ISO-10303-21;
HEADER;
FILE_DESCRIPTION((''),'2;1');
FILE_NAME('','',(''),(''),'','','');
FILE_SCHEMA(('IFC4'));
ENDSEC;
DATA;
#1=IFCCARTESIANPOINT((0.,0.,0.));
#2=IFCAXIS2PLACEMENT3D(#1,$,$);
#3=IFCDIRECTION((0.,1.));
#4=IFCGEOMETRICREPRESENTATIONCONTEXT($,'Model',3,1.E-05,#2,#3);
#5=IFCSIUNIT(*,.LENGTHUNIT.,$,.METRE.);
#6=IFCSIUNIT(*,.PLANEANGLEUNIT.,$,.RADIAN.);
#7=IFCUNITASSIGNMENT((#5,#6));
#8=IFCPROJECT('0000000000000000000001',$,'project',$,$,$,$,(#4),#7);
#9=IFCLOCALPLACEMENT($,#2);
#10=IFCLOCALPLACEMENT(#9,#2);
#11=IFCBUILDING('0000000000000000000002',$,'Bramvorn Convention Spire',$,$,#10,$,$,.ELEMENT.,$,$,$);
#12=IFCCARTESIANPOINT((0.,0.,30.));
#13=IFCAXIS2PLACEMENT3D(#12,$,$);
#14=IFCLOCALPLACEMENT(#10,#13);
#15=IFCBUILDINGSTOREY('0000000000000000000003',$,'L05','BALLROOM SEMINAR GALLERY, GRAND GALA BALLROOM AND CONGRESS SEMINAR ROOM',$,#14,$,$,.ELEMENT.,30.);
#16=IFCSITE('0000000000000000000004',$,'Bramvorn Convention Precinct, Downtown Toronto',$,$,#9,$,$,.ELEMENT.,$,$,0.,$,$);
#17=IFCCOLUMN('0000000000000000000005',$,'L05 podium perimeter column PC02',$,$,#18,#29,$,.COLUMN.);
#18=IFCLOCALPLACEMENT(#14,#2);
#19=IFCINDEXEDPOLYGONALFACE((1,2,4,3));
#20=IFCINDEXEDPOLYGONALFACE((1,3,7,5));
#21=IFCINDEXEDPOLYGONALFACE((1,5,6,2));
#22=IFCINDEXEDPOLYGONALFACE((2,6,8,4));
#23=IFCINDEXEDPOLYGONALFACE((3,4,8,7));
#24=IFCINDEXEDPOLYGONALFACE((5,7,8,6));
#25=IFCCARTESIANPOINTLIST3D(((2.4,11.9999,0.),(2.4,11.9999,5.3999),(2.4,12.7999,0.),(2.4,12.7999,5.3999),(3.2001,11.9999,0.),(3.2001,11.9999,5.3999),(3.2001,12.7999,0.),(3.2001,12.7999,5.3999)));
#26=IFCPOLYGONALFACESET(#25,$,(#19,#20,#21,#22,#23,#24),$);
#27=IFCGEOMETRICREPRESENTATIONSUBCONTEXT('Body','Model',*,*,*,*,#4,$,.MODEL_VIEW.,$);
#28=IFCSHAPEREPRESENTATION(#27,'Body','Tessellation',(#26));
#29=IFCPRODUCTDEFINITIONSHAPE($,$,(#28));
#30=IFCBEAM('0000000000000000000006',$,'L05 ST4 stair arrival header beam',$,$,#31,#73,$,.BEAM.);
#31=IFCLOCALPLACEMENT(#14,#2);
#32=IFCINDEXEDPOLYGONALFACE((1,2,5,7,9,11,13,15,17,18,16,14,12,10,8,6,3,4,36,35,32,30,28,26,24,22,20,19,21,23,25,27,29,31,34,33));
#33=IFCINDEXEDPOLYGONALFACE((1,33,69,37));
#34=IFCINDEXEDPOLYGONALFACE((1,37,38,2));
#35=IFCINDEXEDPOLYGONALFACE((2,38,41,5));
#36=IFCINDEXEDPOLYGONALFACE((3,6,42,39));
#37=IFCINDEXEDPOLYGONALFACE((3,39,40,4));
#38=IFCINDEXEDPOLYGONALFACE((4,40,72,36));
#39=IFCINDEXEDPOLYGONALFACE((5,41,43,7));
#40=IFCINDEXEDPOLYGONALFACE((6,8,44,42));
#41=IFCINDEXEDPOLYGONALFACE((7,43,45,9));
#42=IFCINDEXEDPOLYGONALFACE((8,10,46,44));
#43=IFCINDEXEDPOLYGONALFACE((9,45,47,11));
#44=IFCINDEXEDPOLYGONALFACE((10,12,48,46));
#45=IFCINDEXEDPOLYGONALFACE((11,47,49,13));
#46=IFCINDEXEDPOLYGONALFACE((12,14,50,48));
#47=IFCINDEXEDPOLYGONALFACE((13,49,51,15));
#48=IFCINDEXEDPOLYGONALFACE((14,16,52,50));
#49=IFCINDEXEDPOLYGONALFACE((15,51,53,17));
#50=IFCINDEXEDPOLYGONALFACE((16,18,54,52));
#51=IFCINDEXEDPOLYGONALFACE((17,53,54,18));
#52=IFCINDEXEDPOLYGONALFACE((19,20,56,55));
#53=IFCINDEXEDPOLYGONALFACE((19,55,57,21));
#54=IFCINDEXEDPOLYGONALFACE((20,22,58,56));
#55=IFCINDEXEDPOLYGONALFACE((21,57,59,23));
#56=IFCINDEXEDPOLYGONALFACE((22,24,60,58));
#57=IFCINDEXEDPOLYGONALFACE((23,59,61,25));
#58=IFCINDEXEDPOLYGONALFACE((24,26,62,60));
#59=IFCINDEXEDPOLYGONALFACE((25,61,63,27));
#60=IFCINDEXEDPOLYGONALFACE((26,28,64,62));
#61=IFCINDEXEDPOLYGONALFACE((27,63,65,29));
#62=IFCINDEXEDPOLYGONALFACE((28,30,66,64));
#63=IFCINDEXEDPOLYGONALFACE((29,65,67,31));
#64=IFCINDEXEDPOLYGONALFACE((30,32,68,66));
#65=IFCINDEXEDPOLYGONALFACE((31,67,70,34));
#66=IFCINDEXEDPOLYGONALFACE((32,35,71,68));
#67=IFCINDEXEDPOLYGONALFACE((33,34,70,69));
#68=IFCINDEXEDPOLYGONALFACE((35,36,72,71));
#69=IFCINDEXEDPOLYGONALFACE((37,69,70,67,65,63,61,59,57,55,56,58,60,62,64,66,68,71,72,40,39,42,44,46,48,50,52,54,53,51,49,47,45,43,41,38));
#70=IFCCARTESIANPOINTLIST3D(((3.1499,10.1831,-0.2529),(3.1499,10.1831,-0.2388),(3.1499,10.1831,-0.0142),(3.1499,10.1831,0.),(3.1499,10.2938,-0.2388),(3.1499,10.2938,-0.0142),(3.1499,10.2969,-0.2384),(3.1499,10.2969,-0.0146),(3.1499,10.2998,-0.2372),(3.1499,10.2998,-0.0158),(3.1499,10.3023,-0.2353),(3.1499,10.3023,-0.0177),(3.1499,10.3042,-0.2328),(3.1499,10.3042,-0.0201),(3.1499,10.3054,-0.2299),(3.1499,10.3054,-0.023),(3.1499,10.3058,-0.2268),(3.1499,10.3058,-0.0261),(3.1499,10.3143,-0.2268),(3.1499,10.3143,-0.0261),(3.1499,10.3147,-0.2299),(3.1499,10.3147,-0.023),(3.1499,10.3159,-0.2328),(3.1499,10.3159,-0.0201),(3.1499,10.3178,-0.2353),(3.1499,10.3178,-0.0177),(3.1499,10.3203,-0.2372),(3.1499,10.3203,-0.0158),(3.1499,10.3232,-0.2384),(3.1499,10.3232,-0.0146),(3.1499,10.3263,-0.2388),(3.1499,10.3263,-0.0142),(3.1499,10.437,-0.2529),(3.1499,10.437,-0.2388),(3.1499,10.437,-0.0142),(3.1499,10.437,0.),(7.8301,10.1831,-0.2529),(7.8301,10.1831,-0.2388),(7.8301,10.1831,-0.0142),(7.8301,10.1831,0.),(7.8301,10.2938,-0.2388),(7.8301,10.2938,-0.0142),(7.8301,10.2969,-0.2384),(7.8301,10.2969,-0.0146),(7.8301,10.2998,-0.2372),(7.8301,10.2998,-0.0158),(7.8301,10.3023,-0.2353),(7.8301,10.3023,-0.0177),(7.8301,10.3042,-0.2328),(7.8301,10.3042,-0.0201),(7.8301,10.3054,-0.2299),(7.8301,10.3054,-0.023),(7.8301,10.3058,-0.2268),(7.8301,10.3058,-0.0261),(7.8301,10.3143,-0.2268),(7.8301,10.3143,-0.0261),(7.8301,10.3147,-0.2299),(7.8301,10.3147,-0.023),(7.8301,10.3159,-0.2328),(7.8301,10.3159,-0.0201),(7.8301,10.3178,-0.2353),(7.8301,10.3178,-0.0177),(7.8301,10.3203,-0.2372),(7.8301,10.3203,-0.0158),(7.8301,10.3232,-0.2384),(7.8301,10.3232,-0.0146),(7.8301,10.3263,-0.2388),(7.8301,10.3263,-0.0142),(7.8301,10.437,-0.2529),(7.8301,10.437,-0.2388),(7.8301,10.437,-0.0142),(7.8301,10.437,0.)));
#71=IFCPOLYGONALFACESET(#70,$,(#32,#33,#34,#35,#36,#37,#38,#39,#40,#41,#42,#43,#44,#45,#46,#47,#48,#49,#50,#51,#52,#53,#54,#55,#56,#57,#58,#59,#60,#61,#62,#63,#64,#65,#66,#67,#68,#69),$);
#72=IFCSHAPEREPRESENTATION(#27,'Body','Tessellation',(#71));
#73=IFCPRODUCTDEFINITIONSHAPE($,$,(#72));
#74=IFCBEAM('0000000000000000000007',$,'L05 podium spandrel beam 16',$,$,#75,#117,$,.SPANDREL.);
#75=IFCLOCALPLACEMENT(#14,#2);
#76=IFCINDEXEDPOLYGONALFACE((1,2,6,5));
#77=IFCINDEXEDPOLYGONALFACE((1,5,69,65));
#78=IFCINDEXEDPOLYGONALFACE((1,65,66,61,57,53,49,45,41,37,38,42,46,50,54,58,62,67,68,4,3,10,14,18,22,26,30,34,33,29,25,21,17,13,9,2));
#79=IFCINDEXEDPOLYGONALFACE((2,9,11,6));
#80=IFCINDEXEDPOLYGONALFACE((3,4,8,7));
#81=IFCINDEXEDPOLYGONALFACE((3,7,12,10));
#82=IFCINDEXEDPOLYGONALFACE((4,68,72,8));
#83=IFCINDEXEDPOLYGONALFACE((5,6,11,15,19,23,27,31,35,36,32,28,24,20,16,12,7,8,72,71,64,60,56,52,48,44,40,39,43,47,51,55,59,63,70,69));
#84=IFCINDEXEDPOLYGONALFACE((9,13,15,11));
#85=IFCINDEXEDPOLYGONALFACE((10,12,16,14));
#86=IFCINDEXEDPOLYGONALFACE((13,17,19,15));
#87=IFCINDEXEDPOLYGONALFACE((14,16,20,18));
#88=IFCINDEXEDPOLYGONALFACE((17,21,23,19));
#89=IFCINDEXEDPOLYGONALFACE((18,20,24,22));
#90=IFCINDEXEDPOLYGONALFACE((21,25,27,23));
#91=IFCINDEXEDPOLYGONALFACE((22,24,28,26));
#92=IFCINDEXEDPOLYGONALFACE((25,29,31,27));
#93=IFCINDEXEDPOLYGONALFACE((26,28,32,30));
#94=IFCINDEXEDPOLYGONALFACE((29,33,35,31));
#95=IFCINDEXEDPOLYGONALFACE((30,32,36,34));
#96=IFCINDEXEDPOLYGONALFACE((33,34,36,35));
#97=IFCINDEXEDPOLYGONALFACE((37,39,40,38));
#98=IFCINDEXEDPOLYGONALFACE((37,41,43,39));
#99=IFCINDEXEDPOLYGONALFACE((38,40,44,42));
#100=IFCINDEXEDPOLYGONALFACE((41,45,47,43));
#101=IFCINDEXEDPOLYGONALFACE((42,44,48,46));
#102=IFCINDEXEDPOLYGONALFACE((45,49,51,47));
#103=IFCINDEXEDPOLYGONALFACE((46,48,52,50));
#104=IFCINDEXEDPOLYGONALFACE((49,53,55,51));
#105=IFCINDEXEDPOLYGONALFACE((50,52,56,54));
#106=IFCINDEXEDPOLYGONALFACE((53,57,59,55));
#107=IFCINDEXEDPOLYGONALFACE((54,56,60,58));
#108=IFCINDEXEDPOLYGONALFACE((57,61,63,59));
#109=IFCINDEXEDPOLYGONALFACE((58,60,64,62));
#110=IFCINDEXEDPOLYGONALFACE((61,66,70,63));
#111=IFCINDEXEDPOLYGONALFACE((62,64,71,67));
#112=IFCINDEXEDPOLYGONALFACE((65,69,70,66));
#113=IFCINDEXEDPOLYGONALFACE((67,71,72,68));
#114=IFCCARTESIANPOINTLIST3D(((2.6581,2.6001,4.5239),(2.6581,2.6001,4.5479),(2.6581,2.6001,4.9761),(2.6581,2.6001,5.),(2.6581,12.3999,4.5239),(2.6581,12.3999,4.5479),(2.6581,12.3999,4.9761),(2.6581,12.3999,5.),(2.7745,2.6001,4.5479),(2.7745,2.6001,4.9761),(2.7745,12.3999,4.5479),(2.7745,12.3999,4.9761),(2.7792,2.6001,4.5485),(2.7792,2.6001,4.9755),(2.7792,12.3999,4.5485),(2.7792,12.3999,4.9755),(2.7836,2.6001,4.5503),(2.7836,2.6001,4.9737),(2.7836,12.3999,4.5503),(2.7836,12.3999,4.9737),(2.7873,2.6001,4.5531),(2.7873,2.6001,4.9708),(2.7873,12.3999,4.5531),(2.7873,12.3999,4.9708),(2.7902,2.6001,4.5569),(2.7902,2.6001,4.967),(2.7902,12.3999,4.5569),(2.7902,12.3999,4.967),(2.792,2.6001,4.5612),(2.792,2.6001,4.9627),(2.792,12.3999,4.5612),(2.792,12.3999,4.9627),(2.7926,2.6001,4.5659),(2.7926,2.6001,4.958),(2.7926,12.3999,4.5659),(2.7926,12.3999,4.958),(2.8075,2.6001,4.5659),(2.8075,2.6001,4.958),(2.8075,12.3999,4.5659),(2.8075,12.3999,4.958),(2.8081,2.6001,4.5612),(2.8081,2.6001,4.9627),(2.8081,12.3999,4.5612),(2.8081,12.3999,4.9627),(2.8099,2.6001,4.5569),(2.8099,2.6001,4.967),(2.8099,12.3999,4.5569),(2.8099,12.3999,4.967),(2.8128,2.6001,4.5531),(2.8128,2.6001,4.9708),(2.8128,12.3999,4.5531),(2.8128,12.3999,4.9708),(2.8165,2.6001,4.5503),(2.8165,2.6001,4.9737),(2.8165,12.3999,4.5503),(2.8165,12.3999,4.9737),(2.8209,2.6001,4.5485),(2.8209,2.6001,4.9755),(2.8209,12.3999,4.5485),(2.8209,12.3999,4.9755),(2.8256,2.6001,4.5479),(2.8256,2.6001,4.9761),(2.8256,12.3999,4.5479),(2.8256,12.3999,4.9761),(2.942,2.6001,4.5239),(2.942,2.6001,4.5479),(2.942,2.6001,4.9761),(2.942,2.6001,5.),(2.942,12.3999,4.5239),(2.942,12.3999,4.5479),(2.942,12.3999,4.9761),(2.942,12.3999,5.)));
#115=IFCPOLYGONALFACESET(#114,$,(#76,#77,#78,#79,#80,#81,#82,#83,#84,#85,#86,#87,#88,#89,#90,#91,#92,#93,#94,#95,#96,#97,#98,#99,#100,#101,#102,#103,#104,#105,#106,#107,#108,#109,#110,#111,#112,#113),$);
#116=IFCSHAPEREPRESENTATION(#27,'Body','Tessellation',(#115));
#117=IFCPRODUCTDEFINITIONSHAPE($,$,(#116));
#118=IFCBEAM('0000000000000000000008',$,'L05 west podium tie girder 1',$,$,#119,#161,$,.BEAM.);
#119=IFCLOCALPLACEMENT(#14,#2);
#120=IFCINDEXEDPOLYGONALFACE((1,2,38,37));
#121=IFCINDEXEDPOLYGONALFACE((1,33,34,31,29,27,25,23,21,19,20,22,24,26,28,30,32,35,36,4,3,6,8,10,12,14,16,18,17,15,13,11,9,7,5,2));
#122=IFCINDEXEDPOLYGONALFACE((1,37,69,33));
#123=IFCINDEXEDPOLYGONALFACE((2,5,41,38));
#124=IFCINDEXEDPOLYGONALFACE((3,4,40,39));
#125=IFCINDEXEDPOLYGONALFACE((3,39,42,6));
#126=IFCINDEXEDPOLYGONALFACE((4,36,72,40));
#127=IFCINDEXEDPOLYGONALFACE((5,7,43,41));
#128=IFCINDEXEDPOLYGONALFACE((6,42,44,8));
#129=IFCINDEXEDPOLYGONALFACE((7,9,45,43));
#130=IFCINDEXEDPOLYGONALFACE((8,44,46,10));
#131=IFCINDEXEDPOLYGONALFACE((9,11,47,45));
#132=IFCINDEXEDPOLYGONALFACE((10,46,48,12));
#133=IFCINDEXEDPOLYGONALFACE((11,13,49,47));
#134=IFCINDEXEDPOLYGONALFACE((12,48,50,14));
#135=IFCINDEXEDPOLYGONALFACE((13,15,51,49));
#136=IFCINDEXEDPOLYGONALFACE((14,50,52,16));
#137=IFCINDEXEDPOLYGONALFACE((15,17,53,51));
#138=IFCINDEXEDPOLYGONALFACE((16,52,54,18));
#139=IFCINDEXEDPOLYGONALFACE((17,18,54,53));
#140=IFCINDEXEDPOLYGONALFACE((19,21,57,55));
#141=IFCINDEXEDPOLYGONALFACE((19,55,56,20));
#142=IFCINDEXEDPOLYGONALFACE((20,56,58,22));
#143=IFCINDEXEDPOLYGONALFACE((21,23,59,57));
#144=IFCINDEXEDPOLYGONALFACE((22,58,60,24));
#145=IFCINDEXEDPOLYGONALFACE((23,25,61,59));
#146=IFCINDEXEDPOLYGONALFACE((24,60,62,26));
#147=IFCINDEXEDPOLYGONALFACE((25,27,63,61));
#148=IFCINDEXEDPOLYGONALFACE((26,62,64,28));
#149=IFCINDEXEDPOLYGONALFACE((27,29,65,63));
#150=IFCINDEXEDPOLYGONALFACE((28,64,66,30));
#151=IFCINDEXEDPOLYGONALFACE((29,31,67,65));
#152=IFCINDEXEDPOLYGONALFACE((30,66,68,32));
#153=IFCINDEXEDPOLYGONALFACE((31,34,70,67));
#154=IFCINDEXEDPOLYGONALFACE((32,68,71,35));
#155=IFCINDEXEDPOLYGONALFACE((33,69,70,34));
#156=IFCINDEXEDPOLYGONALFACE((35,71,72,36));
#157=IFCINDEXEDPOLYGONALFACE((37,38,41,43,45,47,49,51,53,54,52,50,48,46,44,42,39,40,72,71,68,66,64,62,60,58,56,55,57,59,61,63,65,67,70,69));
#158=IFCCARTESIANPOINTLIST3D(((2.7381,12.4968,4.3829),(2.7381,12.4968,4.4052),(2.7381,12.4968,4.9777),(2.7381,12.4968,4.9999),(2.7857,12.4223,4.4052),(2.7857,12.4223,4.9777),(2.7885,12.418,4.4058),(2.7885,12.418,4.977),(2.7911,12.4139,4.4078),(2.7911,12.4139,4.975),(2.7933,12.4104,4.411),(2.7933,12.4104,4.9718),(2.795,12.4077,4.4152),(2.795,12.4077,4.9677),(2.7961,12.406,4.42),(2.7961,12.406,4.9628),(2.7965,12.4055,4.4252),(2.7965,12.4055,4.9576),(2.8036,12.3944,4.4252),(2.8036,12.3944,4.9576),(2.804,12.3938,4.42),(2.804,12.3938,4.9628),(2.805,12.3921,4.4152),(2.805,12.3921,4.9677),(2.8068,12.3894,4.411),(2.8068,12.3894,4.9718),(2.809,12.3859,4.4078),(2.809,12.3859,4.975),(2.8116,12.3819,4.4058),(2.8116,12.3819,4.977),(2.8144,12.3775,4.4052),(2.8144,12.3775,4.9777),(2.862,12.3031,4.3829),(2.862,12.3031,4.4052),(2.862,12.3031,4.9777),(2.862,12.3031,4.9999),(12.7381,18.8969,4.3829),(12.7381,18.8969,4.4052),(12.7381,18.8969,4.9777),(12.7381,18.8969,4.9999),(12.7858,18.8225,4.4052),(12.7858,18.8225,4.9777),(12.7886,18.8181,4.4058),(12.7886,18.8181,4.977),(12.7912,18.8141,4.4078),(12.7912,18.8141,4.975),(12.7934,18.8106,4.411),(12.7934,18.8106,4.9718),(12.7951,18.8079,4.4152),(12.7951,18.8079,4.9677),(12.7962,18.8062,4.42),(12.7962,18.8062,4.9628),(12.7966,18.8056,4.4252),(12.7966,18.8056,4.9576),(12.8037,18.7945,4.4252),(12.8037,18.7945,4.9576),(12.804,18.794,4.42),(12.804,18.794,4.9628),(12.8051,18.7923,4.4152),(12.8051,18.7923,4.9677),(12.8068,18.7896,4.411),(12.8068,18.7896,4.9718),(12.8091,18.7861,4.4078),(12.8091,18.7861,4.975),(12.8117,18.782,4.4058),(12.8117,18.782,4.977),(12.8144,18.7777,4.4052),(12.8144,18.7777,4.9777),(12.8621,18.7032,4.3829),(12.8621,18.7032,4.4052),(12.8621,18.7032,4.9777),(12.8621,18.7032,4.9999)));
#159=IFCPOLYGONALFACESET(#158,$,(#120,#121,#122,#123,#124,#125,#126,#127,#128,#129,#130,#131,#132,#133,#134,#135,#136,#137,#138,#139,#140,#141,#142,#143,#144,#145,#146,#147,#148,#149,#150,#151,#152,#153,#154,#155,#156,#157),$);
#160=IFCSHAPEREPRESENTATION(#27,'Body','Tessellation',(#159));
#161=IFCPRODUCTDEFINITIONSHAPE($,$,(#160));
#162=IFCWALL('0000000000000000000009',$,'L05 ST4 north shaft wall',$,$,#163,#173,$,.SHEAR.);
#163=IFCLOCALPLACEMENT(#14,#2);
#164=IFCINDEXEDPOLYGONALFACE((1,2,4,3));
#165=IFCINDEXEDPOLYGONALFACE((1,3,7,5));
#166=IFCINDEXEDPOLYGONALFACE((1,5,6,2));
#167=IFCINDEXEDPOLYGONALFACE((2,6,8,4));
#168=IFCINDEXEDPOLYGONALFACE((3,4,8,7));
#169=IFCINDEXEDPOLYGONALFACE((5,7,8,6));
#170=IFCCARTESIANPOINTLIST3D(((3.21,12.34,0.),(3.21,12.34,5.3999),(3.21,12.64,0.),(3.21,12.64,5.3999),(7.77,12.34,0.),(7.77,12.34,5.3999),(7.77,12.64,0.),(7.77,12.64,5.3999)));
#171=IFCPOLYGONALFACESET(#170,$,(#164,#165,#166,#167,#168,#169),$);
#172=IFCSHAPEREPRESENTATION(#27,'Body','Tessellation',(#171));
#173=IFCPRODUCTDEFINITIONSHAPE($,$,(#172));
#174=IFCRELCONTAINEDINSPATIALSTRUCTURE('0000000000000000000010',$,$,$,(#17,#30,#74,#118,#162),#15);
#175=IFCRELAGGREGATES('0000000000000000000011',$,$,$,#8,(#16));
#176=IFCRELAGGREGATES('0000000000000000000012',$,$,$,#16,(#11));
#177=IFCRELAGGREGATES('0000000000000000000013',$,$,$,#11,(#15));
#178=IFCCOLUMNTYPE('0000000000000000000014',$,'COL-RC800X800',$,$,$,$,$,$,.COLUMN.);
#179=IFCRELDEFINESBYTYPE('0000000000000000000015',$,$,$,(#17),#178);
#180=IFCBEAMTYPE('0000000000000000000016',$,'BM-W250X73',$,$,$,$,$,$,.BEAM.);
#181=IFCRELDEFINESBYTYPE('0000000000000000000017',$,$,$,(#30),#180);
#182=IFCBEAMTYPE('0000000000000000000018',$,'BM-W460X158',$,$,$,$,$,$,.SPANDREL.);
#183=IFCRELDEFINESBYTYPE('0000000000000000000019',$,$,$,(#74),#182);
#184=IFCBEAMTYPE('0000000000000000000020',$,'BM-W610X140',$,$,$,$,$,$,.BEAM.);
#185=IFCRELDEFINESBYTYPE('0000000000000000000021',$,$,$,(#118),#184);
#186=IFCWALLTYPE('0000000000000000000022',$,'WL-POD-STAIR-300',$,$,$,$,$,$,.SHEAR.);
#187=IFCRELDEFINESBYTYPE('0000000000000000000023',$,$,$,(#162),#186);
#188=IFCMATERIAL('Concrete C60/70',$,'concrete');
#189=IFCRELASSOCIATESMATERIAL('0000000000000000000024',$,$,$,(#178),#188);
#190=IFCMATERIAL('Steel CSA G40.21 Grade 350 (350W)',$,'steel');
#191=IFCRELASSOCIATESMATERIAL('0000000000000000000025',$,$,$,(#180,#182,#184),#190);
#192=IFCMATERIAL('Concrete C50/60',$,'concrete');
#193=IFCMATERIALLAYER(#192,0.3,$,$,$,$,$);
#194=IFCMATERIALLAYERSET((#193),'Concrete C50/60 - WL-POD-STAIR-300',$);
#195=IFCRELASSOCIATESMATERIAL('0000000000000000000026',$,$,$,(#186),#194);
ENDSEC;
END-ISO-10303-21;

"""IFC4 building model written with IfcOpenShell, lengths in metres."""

from ifc_helpers import new_model, si_unit, direction, frame, frame_2d, origin, origin_2d, place, context, subcontext, project, spatial, rectangle, i_section, extrude, material, layer, layer_set, material_profile, profile_set, type_object, element, save


model = new_model("IFC4")

# Units and contexts
model_context = context("Model", 3, precision=1e-05, world=origin(), true_north=direction((0.0, 1.0)))
body_context = subcontext(model_context, "Body", "Model", "MODEL_VIEW")
ifc_project = project(units=[si_unit("LENGTHUNIT", "METRE"), si_unit("PLANEANGLEUNIT", "RADIAN")], contexts=[model_context])

# Site, building, storey
site_placement = place(None, origin())
site = spatial("IfcSite", under=ifc_project, at=site_placement, Name="Bramvorn Convention Precinct, Downtown Toronto", CompositionType="ELEMENT", RefElevation=0.0)
building_placement = place(site_placement, origin())
building = spatial("IfcBuilding", under=site, at=building_placement, Name="Bramvorn Convention Spire", CompositionType="ELEMENT")
storey_placement = place(building_placement, frame((0.0, 0.0, 30.0)))
storey = spatial("IfcBuildingStorey", under=building, at=storey_placement, Name="L05", Description="BALLROOM SEMINAR GALLERY, GRAND GALA BALLROOM AND CONGRESS SEMINAR ROOM", CompositionType="ELEMENT", Elevation=30.0)

# Column
ifc_material_1 = material(Name="Concrete C60/70", Category="concrete")
ifc_material_profile_1 = material_profile(ifc_material_1, rectangle(XDim=0.8, YDim=0.8, at=origin_2d()))
ifc_profile_set_1 = profile_set([ifc_material_profile_1], Name="Concrete C60/70 - RC800X800")
column_type = type_object("IfcColumnType", Name="COL-RC800X800", PredefinedType="COLUMN", material=ifc_profile_set_1)
column_placement = place(storey_placement, frame((2.8, 12.3999, 0.0), z_axis=(0.0, 0.0, 1.0), x_axis=(1.0, 0.0, 0.0)))
element("IfcColumn", 1, at=column_placement, inside=storey, type_object=column_type, Name="L05 podium perimeter column PC02", PredefinedType="COLUMN", context=body_context, shape_type="SweptSolid", body=[
    extrude(rectangle(XDim=0.8, YDim=0.8, at=origin_2d()), origin(), (0.0, 0.0, 1.0), 5.3999),
])

# Beams
ifc_material_2 = material(Name="Steel CSA G40.21 Grade 350 (350W)", Category="steel")
ifc_material_profile_2 = material_profile(ifc_material_2, i_section(OverallWidth=0.2539, OverallDepth=0.2529, WebThickness=0.0085, FlangeThickness=0.0142, FilletRadius=0.012, at=origin_2d()))
ifc_profile_set_2 = profile_set([ifc_material_profile_2], Name="Steel CSA G40.21 Grade 350 (350W) - W250X73")
beam_type_1 = type_object("IfcBeamType", Name="BM-W250X73", PredefinedType="BEAM", material=ifc_profile_set_2)
beam_1_placement = place(storey_placement, frame((3.1499, 10.3101, -0.1265), z_axis=(1.0, 0.0, 0.0), x_axis=(0.0, 1.0, 0.0)))
element("IfcBeam", 2, at=beam_1_placement, inside=storey, type_object=beam_type_1, Name="L05 ST4 stair arrival header beam", PredefinedType="BEAM", context=body_context, shape_type="SweptSolid", body=[
    extrude(i_section(OverallWidth=0.2539, OverallDepth=0.2529, WebThickness=0.0085, FlangeThickness=0.0142, FilletRadius=0.012, at=origin_2d()), origin(), (0.0, 0.0, 1.0), 4.6802),
])
ifc_material_profile_3 = material_profile(ifc_material_2, i_section(OverallWidth=0.2839, OverallDepth=0.4761, WebThickness=0.0149, FlangeThickness=0.0239, FilletRadius=0.0181, at=origin_2d()))
ifc_profile_set_3 = profile_set([ifc_material_profile_3], Name="Steel CSA G40.21 Grade 350 (350W) - W460X158")
beam_type_2 = type_object("IfcBeamType", Name="BM-W460X158", PredefinedType="SPANDREL", material=ifc_profile_set_3)
beam_2_placement = place(storey_placement, frame((2.8, 12.3999, 4.762), z_axis=(0.0, -1.0, 0.0), x_axis=(1.0, 0.0, 0.0)))
element("IfcBeam", 3, at=beam_2_placement, inside=storey, type_object=beam_type_2, Name="L05 podium spandrel beam 16", PredefinedType="SPANDREL", context=body_context, shape_type="SweptSolid", body=[
    extrude(i_section(OverallWidth=0.2839, OverallDepth=0.4761, WebThickness=0.0149, FlangeThickness=0.0239, FilletRadius=0.0181, at=origin_2d()), origin(), (0.0, 0.0, 1.0), 9.7998),
])
ifc_material_profile_4 = material_profile(ifc_material_2, i_section(OverallWidth=0.23, OverallDepth=0.6169, WebThickness=0.0132, FlangeThickness=0.0222, FilletRadius=0.02, at=origin_2d()))
ifc_profile_set_4 = profile_set([ifc_material_profile_4], Name="Steel CSA G40.21 Grade 350 (350W) - W610X140")
beam_type_3 = type_object("IfcBeamType", Name="BM-W610X140", PredefinedType="BEAM", material=ifc_profile_set_4)
beam_3_placement = place(storey_placement, frame((2.8, 12.3999, 4.6914), z_axis=(0.842266, 0.539062, 0.0), x_axis=(-0.539062, 0.842266, 0.0)))
element("IfcBeam", 4, at=beam_3_placement, inside=storey, type_object=beam_type_3, Name="L05 west podium tie girder 1", PredefinedType="BEAM", context=body_context, shape_type="SweptSolid", body=[
    extrude(i_section(OverallWidth=0.23, OverallDepth=0.6169, WebThickness=0.0132, FlangeThickness=0.0222, FilletRadius=0.02, at=origin_2d()), origin(), (0.0, 0.0, 1.0), 11.8728),
])

# Wall
ifc_material_3 = material(Name="Concrete C50/60", Category="concrete")
ifc_layer = layer(ifc_material_3, 0.3)
ifc_layer_set = layer_set([ifc_layer], Name="Concrete C50/60 - WL-POD-STAIR-300")
wall_type = type_object("IfcWallType", Name="WL-POD-STAIR-300", PredefinedType="SHEAR", material=ifc_layer_set)
wall_1_placement = place(storey_placement, frame((3.21, 12.49, 0.0), z_axis=(0.0, 0.0, 1.0), x_axis=(1.0, 0.0, 0.0)))
element("IfcWall", 5, at=wall_1_placement, inside=storey, type_object=wall_type, Name="L05 ST4 north shaft wall", PredefinedType="SHEAR", context=body_context, shape_type="SweptSolid", body=[
    extrude(rectangle(XDim=4.5601, YDim=0.3, at=frame_2d((2.28, 0.0))), origin(), (0.0, 0.0, 1.0), 5.3999),
])

save(model, "model.ifc")
